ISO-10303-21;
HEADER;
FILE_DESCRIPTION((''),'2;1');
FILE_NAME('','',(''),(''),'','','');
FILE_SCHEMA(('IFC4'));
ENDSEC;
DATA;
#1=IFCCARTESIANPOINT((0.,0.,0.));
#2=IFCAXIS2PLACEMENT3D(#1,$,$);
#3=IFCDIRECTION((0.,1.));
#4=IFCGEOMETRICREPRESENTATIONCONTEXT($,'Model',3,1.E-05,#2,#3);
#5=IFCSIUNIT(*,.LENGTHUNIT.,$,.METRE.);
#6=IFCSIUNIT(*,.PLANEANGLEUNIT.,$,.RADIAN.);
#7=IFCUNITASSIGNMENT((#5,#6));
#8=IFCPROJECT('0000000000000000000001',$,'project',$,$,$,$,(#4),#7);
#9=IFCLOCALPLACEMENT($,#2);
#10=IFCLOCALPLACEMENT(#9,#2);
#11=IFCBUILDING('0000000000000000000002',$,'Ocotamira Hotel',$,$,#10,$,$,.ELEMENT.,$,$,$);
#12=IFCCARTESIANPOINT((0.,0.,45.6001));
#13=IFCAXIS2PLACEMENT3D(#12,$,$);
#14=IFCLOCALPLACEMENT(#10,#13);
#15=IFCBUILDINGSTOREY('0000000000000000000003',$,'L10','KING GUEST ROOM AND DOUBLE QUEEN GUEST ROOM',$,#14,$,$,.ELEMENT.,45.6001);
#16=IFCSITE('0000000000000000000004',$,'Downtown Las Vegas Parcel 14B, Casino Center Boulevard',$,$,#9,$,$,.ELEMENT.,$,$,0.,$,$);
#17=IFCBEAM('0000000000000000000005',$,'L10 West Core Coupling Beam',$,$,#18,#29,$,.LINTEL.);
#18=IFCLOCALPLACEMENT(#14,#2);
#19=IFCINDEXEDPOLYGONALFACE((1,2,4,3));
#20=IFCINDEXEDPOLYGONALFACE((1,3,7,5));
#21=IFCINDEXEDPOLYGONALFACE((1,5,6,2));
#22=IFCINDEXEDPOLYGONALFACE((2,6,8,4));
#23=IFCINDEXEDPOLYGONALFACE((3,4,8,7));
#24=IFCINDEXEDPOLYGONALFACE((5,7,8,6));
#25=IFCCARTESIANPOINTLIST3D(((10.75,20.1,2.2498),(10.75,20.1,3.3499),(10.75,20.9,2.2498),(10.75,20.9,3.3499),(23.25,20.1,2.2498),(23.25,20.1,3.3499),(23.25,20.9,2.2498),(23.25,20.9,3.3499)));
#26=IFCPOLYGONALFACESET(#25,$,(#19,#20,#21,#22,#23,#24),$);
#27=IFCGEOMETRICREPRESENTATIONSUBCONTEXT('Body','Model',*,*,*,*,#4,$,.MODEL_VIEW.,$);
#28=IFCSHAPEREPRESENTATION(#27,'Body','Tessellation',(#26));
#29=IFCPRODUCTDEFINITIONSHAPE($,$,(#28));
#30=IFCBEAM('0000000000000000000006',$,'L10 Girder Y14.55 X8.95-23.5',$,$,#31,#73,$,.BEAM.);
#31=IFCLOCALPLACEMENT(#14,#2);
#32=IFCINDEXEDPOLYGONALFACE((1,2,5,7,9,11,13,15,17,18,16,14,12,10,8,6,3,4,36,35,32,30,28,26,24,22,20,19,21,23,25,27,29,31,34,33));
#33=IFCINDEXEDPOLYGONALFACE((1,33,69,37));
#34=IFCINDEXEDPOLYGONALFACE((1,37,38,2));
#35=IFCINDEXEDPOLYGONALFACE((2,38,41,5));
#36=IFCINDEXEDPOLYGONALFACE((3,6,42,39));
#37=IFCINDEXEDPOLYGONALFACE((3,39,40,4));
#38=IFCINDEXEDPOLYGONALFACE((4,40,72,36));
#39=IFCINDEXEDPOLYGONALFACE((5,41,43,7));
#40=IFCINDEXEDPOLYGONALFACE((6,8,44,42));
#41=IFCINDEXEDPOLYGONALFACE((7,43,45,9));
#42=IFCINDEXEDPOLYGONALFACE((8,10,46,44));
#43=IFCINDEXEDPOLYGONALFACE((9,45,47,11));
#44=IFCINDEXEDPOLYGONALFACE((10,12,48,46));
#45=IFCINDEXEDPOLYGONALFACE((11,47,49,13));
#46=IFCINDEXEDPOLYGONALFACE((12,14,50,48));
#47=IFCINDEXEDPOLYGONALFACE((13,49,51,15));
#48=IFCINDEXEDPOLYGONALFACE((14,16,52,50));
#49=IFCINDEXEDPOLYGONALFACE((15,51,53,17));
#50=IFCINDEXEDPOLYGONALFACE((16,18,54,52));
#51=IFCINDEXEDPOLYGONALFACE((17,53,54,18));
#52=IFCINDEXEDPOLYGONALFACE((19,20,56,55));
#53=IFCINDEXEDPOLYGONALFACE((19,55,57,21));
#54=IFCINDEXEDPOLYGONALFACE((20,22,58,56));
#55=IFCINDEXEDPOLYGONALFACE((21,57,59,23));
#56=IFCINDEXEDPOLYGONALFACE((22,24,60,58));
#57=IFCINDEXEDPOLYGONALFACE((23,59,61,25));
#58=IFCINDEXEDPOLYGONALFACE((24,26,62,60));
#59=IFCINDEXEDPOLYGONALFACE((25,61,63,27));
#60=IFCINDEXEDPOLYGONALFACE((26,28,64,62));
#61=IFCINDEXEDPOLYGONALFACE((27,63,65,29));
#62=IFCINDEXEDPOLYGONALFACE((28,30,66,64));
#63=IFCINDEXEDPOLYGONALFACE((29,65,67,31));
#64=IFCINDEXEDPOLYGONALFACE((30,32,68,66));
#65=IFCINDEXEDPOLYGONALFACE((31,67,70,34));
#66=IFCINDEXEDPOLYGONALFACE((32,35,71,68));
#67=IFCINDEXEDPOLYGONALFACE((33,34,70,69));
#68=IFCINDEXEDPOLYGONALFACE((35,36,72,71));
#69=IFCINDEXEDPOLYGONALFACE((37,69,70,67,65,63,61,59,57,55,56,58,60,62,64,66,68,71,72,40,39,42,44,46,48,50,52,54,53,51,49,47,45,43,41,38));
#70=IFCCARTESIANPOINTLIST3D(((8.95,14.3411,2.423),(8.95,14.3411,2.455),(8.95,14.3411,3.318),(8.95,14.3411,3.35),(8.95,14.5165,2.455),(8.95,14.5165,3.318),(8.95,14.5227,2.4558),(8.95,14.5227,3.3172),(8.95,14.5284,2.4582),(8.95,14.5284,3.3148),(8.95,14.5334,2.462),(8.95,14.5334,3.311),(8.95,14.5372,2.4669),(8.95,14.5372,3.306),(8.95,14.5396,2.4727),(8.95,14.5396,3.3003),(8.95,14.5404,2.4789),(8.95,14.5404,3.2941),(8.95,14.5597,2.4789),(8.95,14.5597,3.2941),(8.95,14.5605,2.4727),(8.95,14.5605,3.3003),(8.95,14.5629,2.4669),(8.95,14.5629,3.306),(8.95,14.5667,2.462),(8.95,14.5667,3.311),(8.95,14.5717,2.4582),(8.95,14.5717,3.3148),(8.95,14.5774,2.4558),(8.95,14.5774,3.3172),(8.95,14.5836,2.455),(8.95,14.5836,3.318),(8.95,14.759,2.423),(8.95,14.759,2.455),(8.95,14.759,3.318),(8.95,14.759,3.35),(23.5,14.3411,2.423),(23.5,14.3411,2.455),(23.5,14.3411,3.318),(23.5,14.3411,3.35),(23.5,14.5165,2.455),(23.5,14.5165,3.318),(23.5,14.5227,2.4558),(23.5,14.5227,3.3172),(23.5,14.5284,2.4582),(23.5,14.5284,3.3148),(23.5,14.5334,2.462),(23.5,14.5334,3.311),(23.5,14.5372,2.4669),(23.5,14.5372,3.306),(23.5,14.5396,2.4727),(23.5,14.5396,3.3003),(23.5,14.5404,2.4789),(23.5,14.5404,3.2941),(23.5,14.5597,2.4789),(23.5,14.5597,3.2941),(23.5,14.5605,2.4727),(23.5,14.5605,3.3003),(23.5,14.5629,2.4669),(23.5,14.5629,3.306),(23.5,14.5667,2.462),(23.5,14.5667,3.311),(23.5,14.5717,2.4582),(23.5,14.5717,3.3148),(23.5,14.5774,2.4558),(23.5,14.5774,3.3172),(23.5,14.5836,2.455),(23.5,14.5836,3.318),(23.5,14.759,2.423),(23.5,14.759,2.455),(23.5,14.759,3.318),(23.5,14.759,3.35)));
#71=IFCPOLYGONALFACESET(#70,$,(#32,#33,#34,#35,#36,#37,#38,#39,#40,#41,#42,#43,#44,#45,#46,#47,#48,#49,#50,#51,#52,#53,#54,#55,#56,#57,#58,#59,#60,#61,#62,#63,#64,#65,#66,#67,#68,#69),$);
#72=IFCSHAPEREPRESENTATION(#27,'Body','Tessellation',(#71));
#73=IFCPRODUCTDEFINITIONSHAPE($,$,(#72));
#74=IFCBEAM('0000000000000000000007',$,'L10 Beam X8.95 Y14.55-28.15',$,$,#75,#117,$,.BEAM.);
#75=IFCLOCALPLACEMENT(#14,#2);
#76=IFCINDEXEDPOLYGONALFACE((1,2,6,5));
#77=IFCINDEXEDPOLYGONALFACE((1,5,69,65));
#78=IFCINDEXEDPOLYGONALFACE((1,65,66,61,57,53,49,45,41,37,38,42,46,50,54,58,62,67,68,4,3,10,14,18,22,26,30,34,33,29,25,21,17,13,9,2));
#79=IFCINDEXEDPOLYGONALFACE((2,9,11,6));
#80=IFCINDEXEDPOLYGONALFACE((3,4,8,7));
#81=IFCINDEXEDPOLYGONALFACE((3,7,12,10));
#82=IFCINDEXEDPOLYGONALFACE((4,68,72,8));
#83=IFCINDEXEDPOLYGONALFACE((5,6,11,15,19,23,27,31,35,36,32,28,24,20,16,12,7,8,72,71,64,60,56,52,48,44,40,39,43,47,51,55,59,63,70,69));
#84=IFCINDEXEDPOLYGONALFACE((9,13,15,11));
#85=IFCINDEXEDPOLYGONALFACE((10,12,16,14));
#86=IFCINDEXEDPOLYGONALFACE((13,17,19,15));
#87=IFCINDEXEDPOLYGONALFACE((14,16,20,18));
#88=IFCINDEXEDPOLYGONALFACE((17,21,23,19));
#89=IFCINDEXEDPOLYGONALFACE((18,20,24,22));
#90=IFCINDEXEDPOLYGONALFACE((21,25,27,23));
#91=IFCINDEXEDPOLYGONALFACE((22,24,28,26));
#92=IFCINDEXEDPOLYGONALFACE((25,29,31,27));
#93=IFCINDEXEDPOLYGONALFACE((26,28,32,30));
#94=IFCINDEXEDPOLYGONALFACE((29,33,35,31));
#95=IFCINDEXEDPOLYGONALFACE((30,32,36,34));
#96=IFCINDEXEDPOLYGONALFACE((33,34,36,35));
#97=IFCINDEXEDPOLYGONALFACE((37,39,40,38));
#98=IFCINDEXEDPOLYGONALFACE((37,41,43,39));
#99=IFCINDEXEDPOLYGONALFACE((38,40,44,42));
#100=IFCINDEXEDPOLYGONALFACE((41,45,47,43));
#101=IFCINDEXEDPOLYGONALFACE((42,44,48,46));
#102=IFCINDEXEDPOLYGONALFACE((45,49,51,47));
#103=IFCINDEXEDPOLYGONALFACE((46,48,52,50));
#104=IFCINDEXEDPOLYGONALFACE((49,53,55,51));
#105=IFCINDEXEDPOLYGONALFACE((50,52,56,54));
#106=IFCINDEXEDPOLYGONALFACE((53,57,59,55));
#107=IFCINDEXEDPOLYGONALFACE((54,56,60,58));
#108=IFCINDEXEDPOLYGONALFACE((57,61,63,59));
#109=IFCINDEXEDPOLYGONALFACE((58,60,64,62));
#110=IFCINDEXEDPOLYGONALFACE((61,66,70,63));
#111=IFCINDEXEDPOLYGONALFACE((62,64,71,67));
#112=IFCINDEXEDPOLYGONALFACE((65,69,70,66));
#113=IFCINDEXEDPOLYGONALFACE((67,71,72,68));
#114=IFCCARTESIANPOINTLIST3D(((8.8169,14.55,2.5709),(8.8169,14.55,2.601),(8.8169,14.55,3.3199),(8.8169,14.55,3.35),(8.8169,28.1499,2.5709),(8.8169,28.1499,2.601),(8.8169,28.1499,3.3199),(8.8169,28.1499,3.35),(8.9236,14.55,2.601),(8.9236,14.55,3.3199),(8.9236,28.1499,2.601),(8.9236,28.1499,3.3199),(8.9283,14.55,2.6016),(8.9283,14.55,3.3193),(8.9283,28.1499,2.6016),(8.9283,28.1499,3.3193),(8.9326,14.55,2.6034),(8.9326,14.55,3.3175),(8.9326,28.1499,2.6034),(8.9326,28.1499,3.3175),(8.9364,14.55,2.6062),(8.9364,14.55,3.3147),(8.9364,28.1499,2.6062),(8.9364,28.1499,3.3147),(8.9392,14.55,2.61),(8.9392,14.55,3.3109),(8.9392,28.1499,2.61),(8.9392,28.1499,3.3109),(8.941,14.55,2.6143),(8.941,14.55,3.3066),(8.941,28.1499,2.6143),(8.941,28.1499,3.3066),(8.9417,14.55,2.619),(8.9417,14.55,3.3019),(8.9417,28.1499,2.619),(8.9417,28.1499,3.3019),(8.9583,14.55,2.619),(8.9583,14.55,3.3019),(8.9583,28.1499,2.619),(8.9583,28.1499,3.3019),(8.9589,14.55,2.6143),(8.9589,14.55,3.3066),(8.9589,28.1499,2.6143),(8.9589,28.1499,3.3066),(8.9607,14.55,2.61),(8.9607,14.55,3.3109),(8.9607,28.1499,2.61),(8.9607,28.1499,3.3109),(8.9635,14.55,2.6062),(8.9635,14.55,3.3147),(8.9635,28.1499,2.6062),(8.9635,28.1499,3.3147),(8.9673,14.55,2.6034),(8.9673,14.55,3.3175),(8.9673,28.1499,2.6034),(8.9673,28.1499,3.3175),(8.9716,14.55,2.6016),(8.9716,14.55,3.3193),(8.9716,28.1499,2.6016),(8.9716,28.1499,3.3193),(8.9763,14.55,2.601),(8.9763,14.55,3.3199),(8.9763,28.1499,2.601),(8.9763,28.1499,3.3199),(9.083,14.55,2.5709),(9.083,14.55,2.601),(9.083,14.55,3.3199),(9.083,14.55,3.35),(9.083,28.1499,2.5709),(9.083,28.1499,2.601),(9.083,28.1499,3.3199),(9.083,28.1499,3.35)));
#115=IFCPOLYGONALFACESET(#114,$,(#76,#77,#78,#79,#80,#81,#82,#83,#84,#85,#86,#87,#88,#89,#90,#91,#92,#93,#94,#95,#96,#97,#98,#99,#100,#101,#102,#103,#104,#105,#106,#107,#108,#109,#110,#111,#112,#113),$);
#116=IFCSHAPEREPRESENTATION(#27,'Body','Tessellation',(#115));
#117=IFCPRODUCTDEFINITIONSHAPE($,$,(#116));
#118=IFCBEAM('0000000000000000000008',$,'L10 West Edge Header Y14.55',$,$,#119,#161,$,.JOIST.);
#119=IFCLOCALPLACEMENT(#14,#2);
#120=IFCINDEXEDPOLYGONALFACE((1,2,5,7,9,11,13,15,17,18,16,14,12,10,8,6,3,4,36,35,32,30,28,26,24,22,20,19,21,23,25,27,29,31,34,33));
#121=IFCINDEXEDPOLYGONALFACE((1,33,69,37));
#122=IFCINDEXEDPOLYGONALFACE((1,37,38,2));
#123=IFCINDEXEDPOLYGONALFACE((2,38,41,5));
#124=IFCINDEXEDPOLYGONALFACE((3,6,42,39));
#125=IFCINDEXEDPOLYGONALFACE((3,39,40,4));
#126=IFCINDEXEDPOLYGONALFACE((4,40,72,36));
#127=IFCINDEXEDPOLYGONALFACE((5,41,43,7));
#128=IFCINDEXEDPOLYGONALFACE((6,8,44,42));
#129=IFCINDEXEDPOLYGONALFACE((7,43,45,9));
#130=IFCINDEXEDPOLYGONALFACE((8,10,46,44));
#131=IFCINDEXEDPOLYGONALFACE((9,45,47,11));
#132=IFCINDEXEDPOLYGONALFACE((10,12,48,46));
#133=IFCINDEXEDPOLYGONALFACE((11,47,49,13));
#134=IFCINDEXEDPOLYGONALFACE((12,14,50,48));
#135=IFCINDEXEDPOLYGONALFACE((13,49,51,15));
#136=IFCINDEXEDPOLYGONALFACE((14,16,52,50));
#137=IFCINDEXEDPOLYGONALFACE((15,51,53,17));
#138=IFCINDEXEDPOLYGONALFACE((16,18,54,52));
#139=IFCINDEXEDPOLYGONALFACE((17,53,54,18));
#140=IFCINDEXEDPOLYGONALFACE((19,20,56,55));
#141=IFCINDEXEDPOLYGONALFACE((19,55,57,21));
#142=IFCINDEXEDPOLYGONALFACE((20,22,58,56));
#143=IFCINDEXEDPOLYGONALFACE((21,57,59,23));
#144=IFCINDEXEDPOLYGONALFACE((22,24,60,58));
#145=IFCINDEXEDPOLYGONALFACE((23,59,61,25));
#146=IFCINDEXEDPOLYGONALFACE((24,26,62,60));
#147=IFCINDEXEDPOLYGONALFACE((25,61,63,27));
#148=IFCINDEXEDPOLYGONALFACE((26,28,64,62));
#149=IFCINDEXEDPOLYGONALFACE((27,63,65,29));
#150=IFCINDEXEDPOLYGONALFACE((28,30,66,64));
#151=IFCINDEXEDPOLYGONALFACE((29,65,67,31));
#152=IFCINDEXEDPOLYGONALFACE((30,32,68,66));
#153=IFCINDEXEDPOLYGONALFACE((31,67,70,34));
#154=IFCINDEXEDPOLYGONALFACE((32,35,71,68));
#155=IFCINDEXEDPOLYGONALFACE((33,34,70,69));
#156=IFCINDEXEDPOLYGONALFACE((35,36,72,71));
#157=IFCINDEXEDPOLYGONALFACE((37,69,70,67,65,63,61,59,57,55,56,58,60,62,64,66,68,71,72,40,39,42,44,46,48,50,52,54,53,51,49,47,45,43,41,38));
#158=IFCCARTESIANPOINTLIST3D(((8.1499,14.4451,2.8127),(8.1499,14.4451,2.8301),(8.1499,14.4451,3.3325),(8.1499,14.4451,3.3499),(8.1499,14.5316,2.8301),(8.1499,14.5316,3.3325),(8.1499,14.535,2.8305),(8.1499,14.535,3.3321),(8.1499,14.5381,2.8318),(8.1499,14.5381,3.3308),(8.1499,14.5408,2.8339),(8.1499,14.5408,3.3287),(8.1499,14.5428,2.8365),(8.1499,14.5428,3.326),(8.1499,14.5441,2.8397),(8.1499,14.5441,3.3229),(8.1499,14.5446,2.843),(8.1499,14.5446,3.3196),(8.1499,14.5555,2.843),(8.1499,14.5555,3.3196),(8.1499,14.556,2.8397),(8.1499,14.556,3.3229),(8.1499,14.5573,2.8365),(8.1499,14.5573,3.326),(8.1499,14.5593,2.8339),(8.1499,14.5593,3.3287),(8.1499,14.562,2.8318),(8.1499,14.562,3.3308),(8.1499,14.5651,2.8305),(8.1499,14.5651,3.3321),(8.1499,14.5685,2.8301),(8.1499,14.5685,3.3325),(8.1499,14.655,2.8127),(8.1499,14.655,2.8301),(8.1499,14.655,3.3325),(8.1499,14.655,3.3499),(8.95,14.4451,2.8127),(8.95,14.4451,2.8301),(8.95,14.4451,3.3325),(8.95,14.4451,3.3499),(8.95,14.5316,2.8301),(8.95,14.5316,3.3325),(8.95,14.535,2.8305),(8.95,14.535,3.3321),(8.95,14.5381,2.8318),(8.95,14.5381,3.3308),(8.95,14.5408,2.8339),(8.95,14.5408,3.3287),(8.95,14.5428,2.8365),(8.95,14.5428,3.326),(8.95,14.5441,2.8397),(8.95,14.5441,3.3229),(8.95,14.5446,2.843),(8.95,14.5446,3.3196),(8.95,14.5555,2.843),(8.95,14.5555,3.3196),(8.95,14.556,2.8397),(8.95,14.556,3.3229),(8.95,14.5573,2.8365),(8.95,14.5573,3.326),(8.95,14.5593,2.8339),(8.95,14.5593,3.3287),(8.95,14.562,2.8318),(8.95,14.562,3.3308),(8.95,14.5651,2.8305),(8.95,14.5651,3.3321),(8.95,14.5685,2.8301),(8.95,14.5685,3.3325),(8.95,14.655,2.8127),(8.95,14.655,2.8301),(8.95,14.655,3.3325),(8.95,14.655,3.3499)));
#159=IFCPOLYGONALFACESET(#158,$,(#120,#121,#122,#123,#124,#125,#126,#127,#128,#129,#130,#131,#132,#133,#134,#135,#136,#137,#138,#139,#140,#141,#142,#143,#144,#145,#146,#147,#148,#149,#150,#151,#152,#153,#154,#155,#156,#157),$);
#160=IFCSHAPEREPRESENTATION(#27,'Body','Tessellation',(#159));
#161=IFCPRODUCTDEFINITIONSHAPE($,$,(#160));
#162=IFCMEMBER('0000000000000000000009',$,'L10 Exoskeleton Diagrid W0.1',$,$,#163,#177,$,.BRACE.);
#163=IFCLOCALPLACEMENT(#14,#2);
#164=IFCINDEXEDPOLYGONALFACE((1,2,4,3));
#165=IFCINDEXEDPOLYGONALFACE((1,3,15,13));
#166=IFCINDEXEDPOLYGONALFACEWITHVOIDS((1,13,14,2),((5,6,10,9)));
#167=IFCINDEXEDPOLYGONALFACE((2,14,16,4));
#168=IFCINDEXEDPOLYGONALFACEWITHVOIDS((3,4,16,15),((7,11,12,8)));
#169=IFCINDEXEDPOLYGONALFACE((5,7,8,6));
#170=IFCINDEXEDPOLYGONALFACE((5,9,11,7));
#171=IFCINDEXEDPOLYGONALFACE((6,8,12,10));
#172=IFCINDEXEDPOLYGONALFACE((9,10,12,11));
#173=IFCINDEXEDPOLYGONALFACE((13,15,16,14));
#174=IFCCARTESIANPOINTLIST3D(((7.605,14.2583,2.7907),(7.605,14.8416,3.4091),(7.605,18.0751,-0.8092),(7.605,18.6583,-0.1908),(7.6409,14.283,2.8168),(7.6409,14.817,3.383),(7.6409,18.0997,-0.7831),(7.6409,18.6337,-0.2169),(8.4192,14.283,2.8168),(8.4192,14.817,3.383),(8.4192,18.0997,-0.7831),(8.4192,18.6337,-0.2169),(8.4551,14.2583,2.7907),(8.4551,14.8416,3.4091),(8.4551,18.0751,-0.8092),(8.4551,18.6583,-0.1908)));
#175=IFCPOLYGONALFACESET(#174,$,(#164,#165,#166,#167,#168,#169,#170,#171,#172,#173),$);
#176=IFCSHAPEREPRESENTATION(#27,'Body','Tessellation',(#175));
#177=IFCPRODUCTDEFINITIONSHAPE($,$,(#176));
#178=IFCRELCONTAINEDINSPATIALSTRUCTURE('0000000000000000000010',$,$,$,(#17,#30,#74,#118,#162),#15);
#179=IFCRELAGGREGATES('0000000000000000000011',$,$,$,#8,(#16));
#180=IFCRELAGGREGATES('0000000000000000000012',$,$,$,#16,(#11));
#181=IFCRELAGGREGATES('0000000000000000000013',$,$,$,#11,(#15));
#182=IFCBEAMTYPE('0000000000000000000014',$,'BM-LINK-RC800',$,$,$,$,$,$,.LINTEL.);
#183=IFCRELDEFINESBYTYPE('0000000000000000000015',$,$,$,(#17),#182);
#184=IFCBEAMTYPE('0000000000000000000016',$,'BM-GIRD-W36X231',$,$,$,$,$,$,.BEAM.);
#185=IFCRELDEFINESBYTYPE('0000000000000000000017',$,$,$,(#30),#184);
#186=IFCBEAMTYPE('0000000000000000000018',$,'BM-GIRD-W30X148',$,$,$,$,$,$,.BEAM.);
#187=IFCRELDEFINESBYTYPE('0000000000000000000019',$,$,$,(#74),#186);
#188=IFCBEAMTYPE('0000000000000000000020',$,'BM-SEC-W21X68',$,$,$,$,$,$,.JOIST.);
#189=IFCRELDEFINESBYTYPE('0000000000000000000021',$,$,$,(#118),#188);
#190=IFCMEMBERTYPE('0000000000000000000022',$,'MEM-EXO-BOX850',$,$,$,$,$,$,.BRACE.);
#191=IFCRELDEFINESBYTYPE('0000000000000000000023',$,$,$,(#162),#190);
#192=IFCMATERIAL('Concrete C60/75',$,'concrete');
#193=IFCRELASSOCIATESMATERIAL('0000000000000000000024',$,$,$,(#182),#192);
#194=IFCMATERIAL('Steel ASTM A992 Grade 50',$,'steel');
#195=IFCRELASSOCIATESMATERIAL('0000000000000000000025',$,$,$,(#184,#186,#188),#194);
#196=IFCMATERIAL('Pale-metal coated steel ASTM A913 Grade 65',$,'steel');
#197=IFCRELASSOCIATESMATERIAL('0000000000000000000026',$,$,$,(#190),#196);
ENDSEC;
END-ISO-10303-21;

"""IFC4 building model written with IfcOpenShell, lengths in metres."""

from ifc_helpers import new_model, si_unit, direction, frame, origin, origin_2d, place, context, subcontext, project, spatial, rectangle, hollow_rectangle, i_section, extrude, source, transform, mapped, material, material_profile, profile_set, type_object, element, save


model = new_model("IFC4")

# Units and contexts
model_context = context("Model", 3, precision=1e-05, world=origin(), true_north=direction((0.0, 1.0)))
body_context = subcontext(model_context, "Body", "Model", "MODEL_VIEW")
ifc_project = project(units=[si_unit("LENGTHUNIT", "METRE"), si_unit("PLANEANGLEUNIT", "RADIAN")], contexts=[model_context])

# Site, building, storey
site_placement = place(None, origin())
site = spatial("IfcSite", under=ifc_project, at=site_placement, Name="Downtown Las Vegas Parcel 14B, Casino Center Boulevard", CompositionType="ELEMENT", RefElevation=0.0)
building_placement = place(site_placement, origin())
building = spatial("IfcBuilding", under=site, at=building_placement, Name="Ocotamira Hotel", CompositionType="ELEMENT")
storey_placement = place(building_placement, frame((0.0, 0.0, 45.6001)))
storey = spatial("IfcBuildingStorey", under=building, at=storey_placement, Name="L10", Description="KING GUEST ROOM AND DOUBLE QUEEN GUEST ROOM", CompositionType="ELEMENT", Elevation=45.6001)

# Beams
ifc_material_1 = material(Name="Concrete C60/75", Category="concrete")
ifc_material_profile_1 = material_profile(ifc_material_1, rectangle(XDim=0.8, YDim=1.1001, at=origin_2d()), Name="RC800X1100")
ifc_profile_set_1 = profile_set([ifc_material_profile_1], Name="Concrete C60/75")
beam_type_1 = type_object("IfcBeamType", Name="BM-LINK-RC800", PredefinedType="LINTEL", material=ifc_profile_set_1)
shared_shape_1 = source(origin(), body_context, "Body", "SweptSolid", [
    extrude(rectangle(XDim=0.8, YDim=1.1001, at=origin_2d()), origin(), (0.0, 0.0, 1.0), 12.5),
])
beam_1_placement = place(storey_placement, frame((10.75, 20.5, 2.7998), z_axis=(1.0, 0.0, 0.0), x_axis=(0.0, 1.0, 0.0)))
element("IfcBeam", 1, at=beam_1_placement, inside=storey, type_object=beam_type_1, Name="L10 West Core Coupling Beam", PredefinedType="LINTEL", context=body_context, shape_type="MappedRepresentation", body=[
    mapped(shared_shape_1, transform((0.0, 0.0, 0.0), scale=1.0)),
])
ifc_material_2 = material(Name="Steel ASTM A992 Grade 50", Category="steel")
ifc_material_profile_2 = material_profile(ifc_material_2, i_section(OverallWidth=0.418, OverallDepth=0.927, WebThickness=0.0193, FlangeThickness=0.032, FilletRadius=0.0239, at=origin_2d()), Name="W36X231")
ifc_profile_set_2 = profile_set([ifc_material_profile_2], Name="Steel ASTM A992 Grade 50")
beam_type_2 = type_object("IfcBeamType", Name="BM-GIRD-W36X231", PredefinedType="BEAM", material=ifc_profile_set_2)
shared_shape_2 = source(origin(), body_context, "Body", "SweptSolid", [
    extrude(i_section(OverallWidth=0.418, OverallDepth=0.927, WebThickness=0.0193, FlangeThickness=0.032, FilletRadius=0.0239, at=origin_2d()), origin(), (0.0, 0.0, 1.0), 14.55),
])
beam_2_placement = place(storey_placement, frame((8.95, 14.55, 2.8865), z_axis=(1.0, 0.0, 0.0), x_axis=(0.0, 1.0, 0.0)))
element("IfcBeam", 2, at=beam_2_placement, inside=storey, type_object=beam_type_2, Name="L10 Girder Y14.55 X8.95-23.5", PredefinedType="BEAM", context=body_context, shape_type="MappedRepresentation", body=[
    mapped(shared_shape_2, transform((0.0, 0.0, 0.0), scale=1.0)),
])
ifc_material_profile_3 = material_profile(ifc_material_2, i_section(OverallWidth=0.2661, OverallDepth=0.7791, WebThickness=0.0166, FlangeThickness=0.03, FilletRadius=0.0181, at=origin_2d()), Name="W30X148")
ifc_profile_set_3 = profile_set([ifc_material_profile_3], Name="Steel ASTM A992 Grade 50")
beam_type_3 = type_object("IfcBeamType", Name="BM-GIRD-W30X148", PredefinedType="BEAM", material=ifc_profile_set_3)
shared_shape_3 = source(origin(), body_context, "Body", "SweptSolid", [
    extrude(i_section(OverallWidth=0.2661, OverallDepth=0.7791, WebThickness=0.0166, FlangeThickness=0.03, FilletRadius=0.0181, at=origin_2d()), origin(), (0.0, 0.0, 1.0), 13.5999),
])
beam_3_placement = place(storey_placement, frame((8.95, 14.55, 2.9604), z_axis=(0.0, 1.0, 0.0), x_axis=(-1.0, 0.0, 0.0)))
element("IfcBeam", 3, at=beam_3_placement, inside=storey, type_object=beam_type_3, Name="L10 Beam X8.95 Y14.55-28.15", PredefinedType="BEAM", context=body_context, shape_type="MappedRepresentation", body=[
    mapped(shared_shape_3, transform((0.0, 0.0, 0.0), scale=1.0)),
])
ifc_material_profile_4 = material_profile(ifc_material_2, i_section(OverallWidth=0.21, OverallDepth=0.5371, WebThickness=0.011, FlangeThickness=0.0173, FilletRadius=0.0129, at=origin_2d()), Name="W21X68")
ifc_profile_set_4 = profile_set([ifc_material_profile_4], Name="Steel ASTM A992 Grade 50")
beam_type_4 = type_object("IfcBeamType", Name="BM-SEC-W21X68", PredefinedType="JOIST", material=ifc_profile_set_4)
shared_shape_4 = source(origin(), body_context, "Body", "SweptSolid", [
    extrude(i_section(OverallWidth=0.21, OverallDepth=0.5371, WebThickness=0.011, FlangeThickness=0.0173, FilletRadius=0.0129, at=origin_2d()), origin(), (0.0, 0.0, 1.0), 0.8),
])
beam_4_placement = place(storey_placement, frame((8.95, 14.55, 3.0813), z_axis=(-1.0, 0.0, 0.0), x_axis=(0.0, -1.0, 0.0)))
element("IfcBeam", 4, at=beam_4_placement, inside=storey, type_object=beam_type_4, Name="L10 West Edge Header Y14.55", PredefinedType="JOIST", context=body_context, shape_type="MappedRepresentation", body=[
    mapped(shared_shape_4, transform((0.0, 0.0, 0.0), scale=1.0)),
])

# Member
ifc_material_3 = material(Name="Pale-metal coated steel ASTM A913 Grade 65", Category="steel")
ifc_material_profile_5 = material_profile(ifc_material_3, hollow_rectangle(XDim=0.8501, YDim=0.8501, WallThickness=0.0359, at=origin_2d()), Name="BOX850X850X36")
ifc_profile_set_5 = profile_set([ifc_material_profile_5], Name="Pale-metal coated steel ASTM A913 Grade 65")
member_type_1 = type_object("IfcMemberType", Name="MEM-EXO-BOX850", PredefinedType="BRACE", material=ifc_profile_set_5)
shared_shape_5 = source(origin(), body_context, "Body", "SweptSolid", [
    extrude(hollow_rectangle(XDim=0.8501, YDim=0.8501, WallThickness=0.0359, at=origin_2d()), origin(), (0.0, 0.0, 1.0), 5.2466),
])
for number, where, z_axis, x_axis, name in (
    (5, (8.03, 18.3667, -0.5), (0.0, -0.727466, 0.686144), (1.0, 0.0, 0.0), "L10 Exoskeleton Diagrid W0.1"),
):
    element("IfcMember", number, at=place(storey_placement, frame(where, z_axis=z_axis, x_axis=x_axis)), inside=storey, type_object=member_type_1, Name=name, PredefinedType="BRACE", context=body_context, shape_type="MappedRepresentation", body=[
        mapped(shared_shape_5, transform((0.0, 0.0, 0.0), scale=1.0)),
    ])

save(model, "model.ifc")
